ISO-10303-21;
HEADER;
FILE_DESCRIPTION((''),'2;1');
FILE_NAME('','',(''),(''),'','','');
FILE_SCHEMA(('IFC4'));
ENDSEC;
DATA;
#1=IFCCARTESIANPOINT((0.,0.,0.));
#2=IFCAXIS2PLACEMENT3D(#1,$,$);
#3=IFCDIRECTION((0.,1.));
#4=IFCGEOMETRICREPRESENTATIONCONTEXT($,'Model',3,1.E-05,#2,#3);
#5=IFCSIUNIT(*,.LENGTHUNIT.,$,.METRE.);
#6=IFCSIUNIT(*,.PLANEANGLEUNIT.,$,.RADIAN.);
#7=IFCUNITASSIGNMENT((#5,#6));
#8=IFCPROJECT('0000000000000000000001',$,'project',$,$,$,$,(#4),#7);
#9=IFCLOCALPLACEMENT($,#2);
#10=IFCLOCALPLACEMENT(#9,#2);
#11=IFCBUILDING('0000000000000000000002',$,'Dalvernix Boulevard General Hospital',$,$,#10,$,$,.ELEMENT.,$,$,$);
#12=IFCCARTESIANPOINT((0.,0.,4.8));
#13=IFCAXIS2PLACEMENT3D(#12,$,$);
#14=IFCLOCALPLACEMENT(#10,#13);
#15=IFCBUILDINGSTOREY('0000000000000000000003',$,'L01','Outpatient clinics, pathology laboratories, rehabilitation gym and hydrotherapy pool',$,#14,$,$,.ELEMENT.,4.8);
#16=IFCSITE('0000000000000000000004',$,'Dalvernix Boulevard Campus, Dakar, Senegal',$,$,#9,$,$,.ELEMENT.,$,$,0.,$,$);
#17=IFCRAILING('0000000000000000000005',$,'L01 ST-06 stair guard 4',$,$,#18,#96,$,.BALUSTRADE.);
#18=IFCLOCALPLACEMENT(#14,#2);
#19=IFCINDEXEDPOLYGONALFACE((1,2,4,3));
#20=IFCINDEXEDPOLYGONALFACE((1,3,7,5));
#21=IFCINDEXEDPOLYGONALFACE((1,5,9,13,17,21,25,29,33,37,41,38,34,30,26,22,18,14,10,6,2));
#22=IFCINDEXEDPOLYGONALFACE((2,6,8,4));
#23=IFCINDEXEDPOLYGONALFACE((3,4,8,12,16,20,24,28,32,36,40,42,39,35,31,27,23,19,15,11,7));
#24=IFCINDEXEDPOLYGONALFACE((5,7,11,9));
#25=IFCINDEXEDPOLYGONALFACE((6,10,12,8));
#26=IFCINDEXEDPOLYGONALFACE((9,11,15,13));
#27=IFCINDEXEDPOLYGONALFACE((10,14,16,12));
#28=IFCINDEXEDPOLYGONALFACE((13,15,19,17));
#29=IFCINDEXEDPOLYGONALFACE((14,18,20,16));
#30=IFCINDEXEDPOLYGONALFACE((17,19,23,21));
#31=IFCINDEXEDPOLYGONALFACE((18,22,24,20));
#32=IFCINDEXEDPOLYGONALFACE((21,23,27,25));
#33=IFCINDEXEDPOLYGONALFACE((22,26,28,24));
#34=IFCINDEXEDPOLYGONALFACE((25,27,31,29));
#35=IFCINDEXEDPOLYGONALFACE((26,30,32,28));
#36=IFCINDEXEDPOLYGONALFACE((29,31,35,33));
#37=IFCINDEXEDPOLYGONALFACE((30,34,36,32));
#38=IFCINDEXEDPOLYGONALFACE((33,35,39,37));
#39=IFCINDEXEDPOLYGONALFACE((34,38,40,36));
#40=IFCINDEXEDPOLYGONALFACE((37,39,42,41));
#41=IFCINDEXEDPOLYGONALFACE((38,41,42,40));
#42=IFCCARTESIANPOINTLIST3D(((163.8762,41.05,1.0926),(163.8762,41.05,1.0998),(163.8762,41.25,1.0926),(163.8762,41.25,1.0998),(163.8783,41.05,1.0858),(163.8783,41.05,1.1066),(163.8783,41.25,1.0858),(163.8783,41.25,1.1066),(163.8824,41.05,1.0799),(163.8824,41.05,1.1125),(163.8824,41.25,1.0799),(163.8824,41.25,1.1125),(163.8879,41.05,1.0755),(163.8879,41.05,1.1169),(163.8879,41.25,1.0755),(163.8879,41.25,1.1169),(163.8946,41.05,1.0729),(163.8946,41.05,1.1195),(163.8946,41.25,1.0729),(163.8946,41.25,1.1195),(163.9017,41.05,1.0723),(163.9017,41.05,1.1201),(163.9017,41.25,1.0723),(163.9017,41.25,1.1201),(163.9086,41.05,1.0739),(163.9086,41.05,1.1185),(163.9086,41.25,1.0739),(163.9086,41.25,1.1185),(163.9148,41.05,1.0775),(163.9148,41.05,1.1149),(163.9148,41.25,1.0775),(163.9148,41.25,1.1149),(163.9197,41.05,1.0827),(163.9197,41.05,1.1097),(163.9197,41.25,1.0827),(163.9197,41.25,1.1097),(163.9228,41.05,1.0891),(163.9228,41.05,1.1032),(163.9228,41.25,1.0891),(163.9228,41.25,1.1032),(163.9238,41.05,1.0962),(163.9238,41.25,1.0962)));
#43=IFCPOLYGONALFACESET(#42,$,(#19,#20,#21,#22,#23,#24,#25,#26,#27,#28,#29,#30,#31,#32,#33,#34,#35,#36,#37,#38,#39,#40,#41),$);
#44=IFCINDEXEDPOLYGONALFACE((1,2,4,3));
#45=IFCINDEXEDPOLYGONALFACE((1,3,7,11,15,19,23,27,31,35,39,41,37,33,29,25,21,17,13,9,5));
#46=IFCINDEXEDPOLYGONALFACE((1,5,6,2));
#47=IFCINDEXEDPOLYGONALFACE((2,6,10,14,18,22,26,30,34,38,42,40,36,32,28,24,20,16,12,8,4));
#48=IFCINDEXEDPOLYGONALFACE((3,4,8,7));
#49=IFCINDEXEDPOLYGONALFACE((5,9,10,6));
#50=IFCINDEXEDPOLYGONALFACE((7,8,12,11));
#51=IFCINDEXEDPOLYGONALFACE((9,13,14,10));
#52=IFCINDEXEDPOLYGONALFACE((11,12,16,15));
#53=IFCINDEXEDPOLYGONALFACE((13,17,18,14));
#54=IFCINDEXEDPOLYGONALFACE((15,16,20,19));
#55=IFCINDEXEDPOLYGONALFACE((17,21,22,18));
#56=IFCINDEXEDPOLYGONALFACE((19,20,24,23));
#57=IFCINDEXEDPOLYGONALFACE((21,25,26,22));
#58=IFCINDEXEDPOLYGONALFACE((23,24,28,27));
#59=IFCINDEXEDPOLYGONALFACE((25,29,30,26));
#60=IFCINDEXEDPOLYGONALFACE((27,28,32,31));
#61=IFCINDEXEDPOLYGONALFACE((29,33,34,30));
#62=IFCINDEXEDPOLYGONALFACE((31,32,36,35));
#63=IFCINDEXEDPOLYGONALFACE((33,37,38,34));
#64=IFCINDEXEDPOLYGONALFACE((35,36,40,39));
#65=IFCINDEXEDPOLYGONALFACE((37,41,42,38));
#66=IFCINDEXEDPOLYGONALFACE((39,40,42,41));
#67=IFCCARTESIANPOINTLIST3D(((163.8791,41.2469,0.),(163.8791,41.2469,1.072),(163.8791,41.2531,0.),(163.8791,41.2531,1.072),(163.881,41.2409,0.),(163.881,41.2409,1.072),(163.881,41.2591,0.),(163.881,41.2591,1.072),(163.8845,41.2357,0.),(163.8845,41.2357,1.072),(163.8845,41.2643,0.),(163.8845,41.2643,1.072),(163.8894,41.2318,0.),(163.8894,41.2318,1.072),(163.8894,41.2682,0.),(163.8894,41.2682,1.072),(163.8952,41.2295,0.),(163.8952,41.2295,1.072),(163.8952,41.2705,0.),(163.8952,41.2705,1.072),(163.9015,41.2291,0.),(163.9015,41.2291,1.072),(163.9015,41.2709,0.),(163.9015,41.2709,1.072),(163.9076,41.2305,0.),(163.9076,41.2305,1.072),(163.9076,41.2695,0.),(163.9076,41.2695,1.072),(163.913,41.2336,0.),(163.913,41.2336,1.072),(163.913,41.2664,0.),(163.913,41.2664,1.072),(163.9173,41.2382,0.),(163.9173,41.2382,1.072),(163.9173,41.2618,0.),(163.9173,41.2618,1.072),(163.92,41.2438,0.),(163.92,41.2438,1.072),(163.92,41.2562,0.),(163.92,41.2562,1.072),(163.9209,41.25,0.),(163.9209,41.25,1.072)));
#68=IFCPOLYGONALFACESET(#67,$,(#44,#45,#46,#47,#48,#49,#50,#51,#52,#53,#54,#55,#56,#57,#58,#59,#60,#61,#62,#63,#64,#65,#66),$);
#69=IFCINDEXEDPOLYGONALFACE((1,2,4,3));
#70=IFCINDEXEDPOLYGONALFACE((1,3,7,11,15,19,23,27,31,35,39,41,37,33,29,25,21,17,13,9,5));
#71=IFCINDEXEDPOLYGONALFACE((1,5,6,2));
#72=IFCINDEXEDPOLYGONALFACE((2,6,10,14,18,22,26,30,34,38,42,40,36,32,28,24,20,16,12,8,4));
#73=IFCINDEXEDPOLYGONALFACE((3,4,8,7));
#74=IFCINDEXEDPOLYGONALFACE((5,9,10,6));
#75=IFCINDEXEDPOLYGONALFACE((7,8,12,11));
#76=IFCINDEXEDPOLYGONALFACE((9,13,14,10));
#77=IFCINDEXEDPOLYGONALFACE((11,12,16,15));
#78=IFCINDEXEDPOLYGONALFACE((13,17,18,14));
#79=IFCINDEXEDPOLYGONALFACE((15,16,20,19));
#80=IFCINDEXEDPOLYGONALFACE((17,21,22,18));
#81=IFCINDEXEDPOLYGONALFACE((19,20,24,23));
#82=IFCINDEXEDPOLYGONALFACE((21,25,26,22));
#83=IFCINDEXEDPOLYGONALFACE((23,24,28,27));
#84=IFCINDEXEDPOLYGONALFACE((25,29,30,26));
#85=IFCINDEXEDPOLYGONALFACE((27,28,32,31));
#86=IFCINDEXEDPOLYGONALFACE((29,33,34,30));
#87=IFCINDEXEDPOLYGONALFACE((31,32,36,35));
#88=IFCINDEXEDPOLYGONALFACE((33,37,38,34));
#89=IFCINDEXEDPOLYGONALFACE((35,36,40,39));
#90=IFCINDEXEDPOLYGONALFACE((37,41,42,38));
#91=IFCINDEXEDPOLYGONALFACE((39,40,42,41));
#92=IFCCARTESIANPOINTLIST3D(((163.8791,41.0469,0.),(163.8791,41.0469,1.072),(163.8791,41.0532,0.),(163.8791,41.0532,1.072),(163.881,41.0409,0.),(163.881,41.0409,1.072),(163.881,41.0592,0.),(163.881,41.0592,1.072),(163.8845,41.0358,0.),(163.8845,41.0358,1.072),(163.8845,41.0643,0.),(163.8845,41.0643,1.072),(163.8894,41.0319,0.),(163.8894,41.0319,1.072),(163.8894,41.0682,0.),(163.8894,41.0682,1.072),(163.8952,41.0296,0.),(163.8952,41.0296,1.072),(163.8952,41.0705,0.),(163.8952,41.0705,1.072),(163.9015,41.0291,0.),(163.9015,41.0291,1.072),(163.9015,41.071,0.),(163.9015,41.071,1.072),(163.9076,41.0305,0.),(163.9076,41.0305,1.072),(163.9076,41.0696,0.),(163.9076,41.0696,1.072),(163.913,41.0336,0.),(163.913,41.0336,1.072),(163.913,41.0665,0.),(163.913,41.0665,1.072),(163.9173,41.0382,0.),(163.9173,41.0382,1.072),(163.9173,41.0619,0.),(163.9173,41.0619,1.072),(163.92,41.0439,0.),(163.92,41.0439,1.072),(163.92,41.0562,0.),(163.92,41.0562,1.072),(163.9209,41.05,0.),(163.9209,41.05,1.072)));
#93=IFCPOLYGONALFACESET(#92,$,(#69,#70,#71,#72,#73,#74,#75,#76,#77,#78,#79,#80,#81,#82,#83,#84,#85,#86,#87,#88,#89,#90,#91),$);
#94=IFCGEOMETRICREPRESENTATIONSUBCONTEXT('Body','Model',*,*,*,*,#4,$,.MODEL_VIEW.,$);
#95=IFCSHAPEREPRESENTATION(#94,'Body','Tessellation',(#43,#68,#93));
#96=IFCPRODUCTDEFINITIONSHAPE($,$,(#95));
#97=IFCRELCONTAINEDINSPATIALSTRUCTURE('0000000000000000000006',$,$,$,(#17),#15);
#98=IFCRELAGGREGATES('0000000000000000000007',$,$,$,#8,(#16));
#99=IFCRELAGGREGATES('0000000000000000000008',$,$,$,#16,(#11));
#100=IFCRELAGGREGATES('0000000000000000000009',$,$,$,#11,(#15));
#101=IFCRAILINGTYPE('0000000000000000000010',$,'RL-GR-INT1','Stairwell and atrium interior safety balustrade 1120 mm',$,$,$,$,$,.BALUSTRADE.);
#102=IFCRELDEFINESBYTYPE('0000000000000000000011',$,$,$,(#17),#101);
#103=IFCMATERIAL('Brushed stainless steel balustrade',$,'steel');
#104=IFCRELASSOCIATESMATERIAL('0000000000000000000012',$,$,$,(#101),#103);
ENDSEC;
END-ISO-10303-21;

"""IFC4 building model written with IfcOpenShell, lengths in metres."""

from ifc_helpers import new_model, si_unit, direction, frame, origin, origin_2d, place, context, subcontext, project, spatial, circle, extrude, material, type_object, element, save


model = new_model("IFC4")

# Units and contexts
model_context = context("Model", 3, precision=1e-05, world=origin(), true_north=direction((0.0, 1.0)))
body_context = subcontext(model_context, "Body", "Model", "MODEL_VIEW")
ifc_project = project(units=[si_unit("LENGTHUNIT", "METRE"), si_unit("PLANEANGLEUNIT", "RADIAN")], contexts=[model_context])

# Site, building, storey
site_placement = place(None, origin())
site = spatial("IfcSite", under=ifc_project, at=site_placement, Name="Dalvernix Boulevard Campus, Dakar, Senegal", CompositionType="ELEMENT", RefElevation=0.0)
building_placement = place(site_placement, origin())
building = spatial("IfcBuilding", under=site, at=building_placement, Name="Dalvernix Boulevard General Hospital", CompositionType="ELEMENT")
storey_placement = place(building_placement, frame((0.0, 0.0, 4.8)))
storey = spatial("IfcBuildingStorey", under=building, at=storey_placement, Name="L01", Description="Outpatient clinics, pathology laboratories, rehabilitation gym and hydrotherapy pool", CompositionType="ELEMENT", Elevation=4.8)

# Railing
ifc_material_1 = material(Name="Brushed stainless steel balustrade", Category="steel")
railing_type_1 = type_object("IfcRailingType", Name="RL-GR-INT1", Description="Stairwell and atrium interior safety balustrade 1120 mm", PredefinedType="BALUSTRADE", material=ifc_material_1)
railing_1_placement = place(storey_placement, frame((163.8999, 41.25, 0.0)))
element("IfcRailing", 1, at=railing_1_placement, inside=storey, type_object=railing_type_1, Name="L01 ST-06 stair guard 4", PredefinedType="BALUSTRADE", context=body_context, shape_type="SweptSolid", body=[
    extrude(circle(Radius=0.0239, at=origin_2d()), frame((0.0, 0.0, 1.0962), z_axis=(0.0, -1.0, 0.0), x_axis=(1.0, 0.0, 0.0)), (0.0, 0.0, 1.0), 0.2),
    extrude(circle(Radius=0.021, at=origin_2d()), origin(), (0.0, 0.0, 1.0), 1.072),
    extrude(circle(Radius=0.021, at=origin_2d()), frame((0.0, -0.2, 0.0)), (0.0, 0.0, 1.0), 1.072),
])

save(model, "model.ifc")
